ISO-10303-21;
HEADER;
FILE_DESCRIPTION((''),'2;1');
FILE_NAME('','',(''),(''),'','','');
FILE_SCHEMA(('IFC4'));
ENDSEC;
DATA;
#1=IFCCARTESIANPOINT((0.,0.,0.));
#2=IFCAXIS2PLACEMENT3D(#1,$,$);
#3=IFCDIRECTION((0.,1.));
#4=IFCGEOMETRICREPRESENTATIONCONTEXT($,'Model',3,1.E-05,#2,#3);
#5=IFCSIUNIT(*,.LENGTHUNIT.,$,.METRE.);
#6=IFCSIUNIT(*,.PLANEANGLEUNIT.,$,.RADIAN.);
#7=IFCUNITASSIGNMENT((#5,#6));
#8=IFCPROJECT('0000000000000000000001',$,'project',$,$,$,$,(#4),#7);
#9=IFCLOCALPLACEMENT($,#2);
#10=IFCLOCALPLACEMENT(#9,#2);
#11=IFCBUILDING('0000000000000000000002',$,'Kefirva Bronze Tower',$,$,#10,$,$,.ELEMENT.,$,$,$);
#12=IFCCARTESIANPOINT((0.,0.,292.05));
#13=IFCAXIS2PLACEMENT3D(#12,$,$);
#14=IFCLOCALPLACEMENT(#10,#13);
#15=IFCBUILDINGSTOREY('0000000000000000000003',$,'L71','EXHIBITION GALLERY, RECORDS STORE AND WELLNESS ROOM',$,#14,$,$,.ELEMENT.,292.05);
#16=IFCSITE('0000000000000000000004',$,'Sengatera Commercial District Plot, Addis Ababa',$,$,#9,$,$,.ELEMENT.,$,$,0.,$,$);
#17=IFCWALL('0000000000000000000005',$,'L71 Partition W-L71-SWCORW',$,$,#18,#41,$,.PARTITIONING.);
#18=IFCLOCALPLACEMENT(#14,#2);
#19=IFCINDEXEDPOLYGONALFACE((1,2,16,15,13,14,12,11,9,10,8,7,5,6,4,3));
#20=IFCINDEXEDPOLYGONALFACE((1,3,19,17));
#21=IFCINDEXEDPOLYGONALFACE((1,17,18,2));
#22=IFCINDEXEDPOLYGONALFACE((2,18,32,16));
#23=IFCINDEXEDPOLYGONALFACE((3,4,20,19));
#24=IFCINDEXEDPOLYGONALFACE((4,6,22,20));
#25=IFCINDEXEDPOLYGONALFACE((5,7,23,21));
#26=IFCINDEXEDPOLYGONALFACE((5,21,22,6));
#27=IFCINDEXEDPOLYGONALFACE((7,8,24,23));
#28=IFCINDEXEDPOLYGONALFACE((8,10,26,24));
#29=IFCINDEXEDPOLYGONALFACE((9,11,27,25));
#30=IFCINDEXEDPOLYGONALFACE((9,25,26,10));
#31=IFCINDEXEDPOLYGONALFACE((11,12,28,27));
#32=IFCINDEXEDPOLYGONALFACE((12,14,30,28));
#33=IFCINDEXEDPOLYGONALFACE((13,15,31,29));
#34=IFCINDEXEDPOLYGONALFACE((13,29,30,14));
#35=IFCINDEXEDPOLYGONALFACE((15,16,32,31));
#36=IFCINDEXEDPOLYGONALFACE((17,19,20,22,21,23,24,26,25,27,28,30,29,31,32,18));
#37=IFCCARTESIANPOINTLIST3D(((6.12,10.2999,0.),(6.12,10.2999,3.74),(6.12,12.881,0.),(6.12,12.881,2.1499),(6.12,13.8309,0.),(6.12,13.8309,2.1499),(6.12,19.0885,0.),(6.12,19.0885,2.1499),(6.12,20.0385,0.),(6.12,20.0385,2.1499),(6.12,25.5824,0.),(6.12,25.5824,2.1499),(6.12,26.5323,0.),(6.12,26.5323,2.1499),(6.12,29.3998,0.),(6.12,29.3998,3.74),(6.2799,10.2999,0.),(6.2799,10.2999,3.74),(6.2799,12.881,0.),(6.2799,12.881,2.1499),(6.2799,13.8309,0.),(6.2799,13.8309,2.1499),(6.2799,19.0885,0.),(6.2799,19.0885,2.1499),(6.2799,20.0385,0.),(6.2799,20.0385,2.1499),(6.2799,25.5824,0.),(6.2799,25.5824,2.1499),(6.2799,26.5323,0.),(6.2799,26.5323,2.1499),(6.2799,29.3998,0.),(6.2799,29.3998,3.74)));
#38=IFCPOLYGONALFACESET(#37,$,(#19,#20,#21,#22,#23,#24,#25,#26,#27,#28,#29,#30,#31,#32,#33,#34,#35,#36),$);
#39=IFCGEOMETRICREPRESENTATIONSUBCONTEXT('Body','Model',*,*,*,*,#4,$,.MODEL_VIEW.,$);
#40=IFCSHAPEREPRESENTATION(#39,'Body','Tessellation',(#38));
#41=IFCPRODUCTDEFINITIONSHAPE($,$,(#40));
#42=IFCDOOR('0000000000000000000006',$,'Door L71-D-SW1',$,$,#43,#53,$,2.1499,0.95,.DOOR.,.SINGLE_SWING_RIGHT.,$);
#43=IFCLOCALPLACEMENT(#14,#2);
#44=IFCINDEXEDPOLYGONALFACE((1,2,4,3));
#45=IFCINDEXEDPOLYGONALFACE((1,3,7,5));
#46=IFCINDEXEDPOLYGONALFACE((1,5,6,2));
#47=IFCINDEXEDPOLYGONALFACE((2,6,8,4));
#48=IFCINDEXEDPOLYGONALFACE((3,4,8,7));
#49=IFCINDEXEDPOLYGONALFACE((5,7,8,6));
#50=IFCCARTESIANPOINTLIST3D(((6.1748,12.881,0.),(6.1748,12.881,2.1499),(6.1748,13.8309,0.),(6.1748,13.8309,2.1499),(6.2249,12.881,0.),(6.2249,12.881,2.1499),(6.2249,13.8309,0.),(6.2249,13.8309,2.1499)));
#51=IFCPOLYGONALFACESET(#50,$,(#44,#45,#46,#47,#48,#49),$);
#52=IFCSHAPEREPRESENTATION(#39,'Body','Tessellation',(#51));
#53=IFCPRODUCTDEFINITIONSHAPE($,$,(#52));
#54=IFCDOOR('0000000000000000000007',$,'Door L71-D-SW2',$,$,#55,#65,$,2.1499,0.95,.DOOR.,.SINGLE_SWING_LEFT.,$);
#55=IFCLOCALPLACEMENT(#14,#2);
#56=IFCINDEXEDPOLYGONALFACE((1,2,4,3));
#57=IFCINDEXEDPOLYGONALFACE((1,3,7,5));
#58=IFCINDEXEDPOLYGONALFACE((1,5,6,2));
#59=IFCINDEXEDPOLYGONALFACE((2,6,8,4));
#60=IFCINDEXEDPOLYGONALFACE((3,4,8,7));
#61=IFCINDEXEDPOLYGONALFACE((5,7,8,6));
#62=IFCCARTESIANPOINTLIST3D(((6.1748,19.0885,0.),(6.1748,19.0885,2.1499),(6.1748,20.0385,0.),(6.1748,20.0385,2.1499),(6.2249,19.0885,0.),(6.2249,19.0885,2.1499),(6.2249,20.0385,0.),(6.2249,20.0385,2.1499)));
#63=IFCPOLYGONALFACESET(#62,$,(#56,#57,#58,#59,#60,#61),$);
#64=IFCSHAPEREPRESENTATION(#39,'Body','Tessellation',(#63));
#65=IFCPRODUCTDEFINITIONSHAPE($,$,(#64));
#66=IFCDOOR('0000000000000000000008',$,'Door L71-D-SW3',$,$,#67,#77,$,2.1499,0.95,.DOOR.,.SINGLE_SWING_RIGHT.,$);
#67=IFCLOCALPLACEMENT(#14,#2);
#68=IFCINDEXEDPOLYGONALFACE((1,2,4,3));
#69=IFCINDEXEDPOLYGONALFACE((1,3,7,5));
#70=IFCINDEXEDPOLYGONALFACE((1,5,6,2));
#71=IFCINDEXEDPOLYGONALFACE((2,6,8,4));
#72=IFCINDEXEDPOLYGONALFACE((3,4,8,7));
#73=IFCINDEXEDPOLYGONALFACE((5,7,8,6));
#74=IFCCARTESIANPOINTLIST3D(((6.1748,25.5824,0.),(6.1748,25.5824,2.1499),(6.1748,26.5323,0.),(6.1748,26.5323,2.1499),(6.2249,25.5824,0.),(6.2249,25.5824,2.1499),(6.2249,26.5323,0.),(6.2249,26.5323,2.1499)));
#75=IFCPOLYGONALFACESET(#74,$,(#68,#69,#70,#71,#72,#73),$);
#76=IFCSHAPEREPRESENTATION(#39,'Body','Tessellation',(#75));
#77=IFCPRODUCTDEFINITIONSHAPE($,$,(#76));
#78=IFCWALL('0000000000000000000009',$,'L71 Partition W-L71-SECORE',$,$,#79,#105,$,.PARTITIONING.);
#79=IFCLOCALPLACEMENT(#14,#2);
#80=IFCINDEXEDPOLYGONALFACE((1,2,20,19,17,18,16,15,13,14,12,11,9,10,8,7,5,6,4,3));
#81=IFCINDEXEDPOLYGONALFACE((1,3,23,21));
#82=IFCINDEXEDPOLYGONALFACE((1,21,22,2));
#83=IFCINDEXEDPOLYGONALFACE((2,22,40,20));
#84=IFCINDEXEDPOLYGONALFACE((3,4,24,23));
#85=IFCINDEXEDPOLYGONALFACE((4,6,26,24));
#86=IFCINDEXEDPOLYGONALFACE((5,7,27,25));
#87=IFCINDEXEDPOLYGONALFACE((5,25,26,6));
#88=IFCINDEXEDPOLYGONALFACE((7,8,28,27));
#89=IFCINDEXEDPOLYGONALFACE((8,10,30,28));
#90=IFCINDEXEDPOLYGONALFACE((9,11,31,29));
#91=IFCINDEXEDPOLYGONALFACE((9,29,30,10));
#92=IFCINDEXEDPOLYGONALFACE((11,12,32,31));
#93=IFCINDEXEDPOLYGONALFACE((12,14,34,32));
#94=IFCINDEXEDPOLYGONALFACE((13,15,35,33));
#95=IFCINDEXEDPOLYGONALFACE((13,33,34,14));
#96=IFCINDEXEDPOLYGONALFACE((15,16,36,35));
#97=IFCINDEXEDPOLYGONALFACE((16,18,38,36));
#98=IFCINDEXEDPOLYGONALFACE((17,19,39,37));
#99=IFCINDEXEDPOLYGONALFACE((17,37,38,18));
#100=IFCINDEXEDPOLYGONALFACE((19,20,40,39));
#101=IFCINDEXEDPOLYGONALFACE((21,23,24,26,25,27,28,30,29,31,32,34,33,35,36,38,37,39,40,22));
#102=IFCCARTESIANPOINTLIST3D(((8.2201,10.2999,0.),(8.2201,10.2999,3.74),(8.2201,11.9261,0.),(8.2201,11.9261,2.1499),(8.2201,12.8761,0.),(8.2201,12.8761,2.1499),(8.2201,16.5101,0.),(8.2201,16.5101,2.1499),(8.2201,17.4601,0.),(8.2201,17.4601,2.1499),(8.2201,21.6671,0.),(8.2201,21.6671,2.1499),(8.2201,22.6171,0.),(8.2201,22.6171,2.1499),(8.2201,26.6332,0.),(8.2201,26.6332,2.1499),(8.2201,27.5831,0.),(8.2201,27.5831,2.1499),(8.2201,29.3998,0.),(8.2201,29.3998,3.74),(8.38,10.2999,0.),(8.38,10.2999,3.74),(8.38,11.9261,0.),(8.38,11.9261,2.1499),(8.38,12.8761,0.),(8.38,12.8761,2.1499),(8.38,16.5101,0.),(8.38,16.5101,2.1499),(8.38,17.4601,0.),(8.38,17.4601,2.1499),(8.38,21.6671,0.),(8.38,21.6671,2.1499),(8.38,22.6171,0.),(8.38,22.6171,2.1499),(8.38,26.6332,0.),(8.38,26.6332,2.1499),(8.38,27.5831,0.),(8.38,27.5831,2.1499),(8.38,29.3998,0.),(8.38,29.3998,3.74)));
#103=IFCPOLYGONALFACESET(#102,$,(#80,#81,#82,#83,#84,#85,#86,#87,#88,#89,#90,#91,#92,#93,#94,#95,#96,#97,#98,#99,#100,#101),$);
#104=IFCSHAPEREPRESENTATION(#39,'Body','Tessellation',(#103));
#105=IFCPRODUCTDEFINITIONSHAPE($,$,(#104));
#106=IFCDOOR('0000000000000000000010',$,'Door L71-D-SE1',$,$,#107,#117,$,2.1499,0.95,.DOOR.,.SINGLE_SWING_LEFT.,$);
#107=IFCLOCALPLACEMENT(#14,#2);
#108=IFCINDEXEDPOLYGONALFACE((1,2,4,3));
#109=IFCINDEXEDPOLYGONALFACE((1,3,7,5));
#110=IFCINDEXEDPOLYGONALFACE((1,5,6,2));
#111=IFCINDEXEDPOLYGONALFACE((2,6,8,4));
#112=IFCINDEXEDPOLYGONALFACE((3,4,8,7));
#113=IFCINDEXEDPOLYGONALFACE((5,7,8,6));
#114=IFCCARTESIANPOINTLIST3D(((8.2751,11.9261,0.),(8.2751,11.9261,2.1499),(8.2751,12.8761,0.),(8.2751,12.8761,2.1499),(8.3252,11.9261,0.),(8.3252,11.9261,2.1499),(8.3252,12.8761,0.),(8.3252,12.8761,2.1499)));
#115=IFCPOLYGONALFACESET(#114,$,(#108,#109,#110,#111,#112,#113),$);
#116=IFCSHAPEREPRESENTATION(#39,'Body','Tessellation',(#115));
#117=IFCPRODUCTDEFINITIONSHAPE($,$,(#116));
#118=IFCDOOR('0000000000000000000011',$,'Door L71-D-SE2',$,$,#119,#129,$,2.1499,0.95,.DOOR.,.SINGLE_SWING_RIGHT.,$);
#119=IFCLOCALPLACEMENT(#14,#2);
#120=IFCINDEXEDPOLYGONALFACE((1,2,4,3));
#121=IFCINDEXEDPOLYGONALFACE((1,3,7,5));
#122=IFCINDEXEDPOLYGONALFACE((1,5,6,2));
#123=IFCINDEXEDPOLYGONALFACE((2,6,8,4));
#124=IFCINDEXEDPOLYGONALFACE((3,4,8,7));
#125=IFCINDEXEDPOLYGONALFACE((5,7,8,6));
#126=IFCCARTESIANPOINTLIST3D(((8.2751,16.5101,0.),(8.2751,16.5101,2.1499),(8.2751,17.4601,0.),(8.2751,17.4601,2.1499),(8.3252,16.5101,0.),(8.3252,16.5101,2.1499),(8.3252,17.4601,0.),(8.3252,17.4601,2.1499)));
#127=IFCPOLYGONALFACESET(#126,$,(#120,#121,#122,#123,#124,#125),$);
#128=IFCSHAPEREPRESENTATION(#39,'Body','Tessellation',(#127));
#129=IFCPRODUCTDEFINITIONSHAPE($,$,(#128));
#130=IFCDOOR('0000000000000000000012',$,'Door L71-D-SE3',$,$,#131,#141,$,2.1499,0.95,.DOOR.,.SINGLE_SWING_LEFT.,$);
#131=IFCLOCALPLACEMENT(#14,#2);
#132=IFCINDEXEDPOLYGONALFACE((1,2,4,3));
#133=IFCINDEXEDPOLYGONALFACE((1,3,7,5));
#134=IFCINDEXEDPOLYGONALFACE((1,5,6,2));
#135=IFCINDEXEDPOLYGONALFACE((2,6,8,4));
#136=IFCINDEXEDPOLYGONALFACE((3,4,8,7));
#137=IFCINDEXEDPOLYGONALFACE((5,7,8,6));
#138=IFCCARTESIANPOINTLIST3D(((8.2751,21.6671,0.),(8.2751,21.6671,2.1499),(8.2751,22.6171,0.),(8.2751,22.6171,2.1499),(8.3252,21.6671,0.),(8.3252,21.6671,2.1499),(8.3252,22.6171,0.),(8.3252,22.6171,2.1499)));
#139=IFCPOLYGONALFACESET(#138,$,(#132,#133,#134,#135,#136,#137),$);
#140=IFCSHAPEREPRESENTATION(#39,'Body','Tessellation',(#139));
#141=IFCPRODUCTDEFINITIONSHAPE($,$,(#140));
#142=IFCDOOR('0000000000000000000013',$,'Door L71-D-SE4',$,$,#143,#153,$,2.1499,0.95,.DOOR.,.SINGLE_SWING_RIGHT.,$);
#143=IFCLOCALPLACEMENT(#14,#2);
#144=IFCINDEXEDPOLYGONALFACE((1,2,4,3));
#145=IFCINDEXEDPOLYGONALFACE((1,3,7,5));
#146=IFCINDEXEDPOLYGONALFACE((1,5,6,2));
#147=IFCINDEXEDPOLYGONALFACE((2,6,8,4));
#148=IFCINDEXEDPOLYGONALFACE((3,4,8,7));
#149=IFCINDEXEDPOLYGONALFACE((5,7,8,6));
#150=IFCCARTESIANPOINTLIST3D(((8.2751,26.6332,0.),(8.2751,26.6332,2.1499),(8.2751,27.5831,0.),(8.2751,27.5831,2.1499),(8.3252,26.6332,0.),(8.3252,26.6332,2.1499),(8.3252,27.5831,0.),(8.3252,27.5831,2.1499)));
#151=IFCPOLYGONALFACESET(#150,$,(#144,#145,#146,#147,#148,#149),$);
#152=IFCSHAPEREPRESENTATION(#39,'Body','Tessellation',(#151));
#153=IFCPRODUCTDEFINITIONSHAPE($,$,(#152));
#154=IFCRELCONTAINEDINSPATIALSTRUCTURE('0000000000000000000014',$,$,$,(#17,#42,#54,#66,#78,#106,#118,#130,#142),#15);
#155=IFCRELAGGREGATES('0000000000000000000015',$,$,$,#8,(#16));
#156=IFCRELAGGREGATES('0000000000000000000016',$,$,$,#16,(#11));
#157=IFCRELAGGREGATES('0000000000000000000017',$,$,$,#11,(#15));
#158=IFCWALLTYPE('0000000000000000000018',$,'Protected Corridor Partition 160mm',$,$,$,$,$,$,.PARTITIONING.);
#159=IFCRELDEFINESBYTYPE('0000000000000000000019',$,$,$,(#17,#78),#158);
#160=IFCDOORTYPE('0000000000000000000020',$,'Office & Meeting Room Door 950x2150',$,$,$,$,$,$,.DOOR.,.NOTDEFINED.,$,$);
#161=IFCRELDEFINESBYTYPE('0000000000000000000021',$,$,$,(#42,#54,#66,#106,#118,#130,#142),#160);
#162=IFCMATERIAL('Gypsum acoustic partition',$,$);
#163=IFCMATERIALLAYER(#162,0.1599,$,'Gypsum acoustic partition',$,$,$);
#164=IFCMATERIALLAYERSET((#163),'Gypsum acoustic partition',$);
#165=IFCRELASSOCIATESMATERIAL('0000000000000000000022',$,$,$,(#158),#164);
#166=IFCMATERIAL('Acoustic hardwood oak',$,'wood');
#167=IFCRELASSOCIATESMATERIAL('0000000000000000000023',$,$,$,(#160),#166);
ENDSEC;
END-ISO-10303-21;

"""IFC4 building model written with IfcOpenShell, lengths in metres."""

from ifc_helpers import new_model, si_unit, direction, frame, frame_2d, origin, place, context, subcontext, project, spatial, rectangle, extrude, material, layer, layer_set, type_object, element, fill, save


model = new_model("IFC4")

# Units and contexts
model_context = context("Model", 3, precision=1e-05, world=origin(), true_north=direction((0.0, 1.0)))
body_context = subcontext(model_context, "Body", "Model", "MODEL_VIEW")
ifc_project = project(units=[si_unit("LENGTHUNIT", "METRE"), si_unit("PLANEANGLEUNIT", "RADIAN")], contexts=[model_context])

# Site, building, storey
site_placement = place(None, origin())
site = spatial("IfcSite", under=ifc_project, at=site_placement, Name="Sengatera Commercial District Plot, Addis Ababa", CompositionType="ELEMENT", RefElevation=0.0)
building_placement = place(site_placement, origin())
building = spatial("IfcBuilding", under=site, at=building_placement, Name="Kefirva Bronze Tower", CompositionType="ELEMENT")
storey_placement = place(building_placement, frame((0.0, 0.0, 292.05)))
storey = spatial("IfcBuildingStorey", under=building, at=storey_placement, Name="L71", Description="EXHIBITION GALLERY, RECORDS STORE AND WELLNESS ROOM", CompositionType="ELEMENT", Elevation=292.05)

# Walls, openings, doors
ifc_material_1 = material(Name="Gypsum acoustic partition")
ifc_layer_1 = layer(ifc_material_1, 0.1599, Name="Gypsum acoustic partition")
ifc_layer_set_1 = layer_set([ifc_layer_1], Name="Gypsum acoustic partition")
wall_type_1 = type_object("IfcWallType", Name="Protected Corridor Partition 160mm", PredefinedType="PARTITIONING", material=ifc_layer_set_1)
wall_1_placement = place(storey_placement, frame((6.2, 10.3, 0.0), z_axis=(0.0, 0.0, 1.0), x_axis=(0.0, 1.0, 0.0)))
wall_1 = element("IfcWall", 1, at=wall_1_placement, inside=storey, type_object=wall_type_1, Name="L71 Partition W-L71-SWCORW", PredefinedType="PARTITIONING", context=body_context, shape_type="SweptSolid", body=[
    extrude(rectangle(XDim=19.0999, YDim=0.1599, at=frame_2d((9.5498, 0.0))), origin(), (0.0, 0.0, 1.0), 3.74),
])
opening_1_placement = place(wall_1_placement, frame((3.531, 0.0, 0.0), z_axis=(0.0, 0.0, 1.0), x_axis=(-1.0, 0.0, 0.0)))
opening_1 = element("IfcOpeningElement", 2, at=opening_1_placement, cuts=wall_1, PredefinedType="OPENING", context=body_context, shape_type="SweptSolid", body=[
    extrude(rectangle(XDim=0.95, YDim=2.1499, at=frame_2d((0.4751, 1.075))), frame((0.0, 0.0898, 0.0), z_axis=(0.0, -1.0, 0.0), x_axis=(1.0, 0.0, 0.0)), (0.0, 0.0, 1.0), 0.1799),
])
opening_2_placement = place(wall_1_placement, frame((9.7385, 0.0, 0.0), z_axis=(0.0, 0.0, 1.0), x_axis=(-1.0, 0.0, 0.0)))
opening_2 = element("IfcOpeningElement", 3, at=opening_2_placement, cuts=wall_1, PredefinedType="OPENING", context=body_context, shape_type="SweptSolid", body=[
    extrude(rectangle(XDim=0.95, YDim=2.1499, at=frame_2d((0.4751, 1.075))), frame((0.0, 0.0898, 0.0), z_axis=(0.0, -1.0, 0.0), x_axis=(1.0, 0.0, 0.0)), (0.0, 0.0, 1.0), 0.1799),
])
opening_3_placement = place(wall_1_placement, frame((16.2324, 0.0, 0.0), z_axis=(0.0, 0.0, 1.0), x_axis=(-1.0, 0.0, 0.0)))
opening_3 = element("IfcOpeningElement", 4, at=opening_3_placement, cuts=wall_1, PredefinedType="OPENING", context=body_context, shape_type="SweptSolid", body=[
    extrude(rectangle(XDim=0.95, YDim=2.1499, at=frame_2d((0.4751, 1.075))), frame((0.0, 0.0898, 0.0), z_axis=(0.0, -1.0, 0.0), x_axis=(1.0, 0.0, 0.0)), (0.0, 0.0, 1.0), 0.1799),
])
ifc_material_2 = material(Name="Acoustic hardwood oak", Category="wood")
door_type = type_object("IfcDoorType", Name="Office & Meeting Room Door 950x2150", OperationType="NOTDEFINED", PredefinedType="DOOR", material=ifc_material_2)
door_1_placement = place(opening_1_placement, origin())
door_1 = element("IfcDoor", 5, at=door_1_placement, inside=storey, type_object=door_type, Name="Door L71-D-SW1", OperationType="SINGLE_SWING_RIGHT", OverallHeight=2.1499, OverallWidth=0.95, PredefinedType="DOOR", context=body_context, shape_type="SweptSolid", body=[
    extrude(rectangle(XDim=0.95, YDim=2.1499, at=frame_2d((0.4751, 1.075))), frame((0.0, 0.0249, 0.0), z_axis=(0.0, -1.0, 0.0), x_axis=(1.0, 0.0, 0.0)), (0.0, 0.0, 1.0), 0.05),
])
fill(opening_1, door_1)
door_2_placement = place(opening_2_placement, origin())
door_2 = element("IfcDoor", 6, at=door_2_placement, inside=storey, type_object=door_type, Name="Door L71-D-SW2", OperationType="SINGLE_SWING_LEFT", OverallHeight=2.1499, OverallWidth=0.95, PredefinedType="DOOR", context=body_context, shape_type="SweptSolid", body=[
    extrude(rectangle(XDim=0.95, YDim=2.1499, at=frame_2d((0.4751, 1.075))), frame((0.0, 0.0249, 0.0), z_axis=(0.0, -1.0, 0.0), x_axis=(1.0, 0.0, 0.0)), (0.0, 0.0, 1.0), 0.05),
])
fill(opening_2, door_2)
door_3_placement = place(opening_3_placement, origin())
door_3 = element("IfcDoor", 7, at=door_3_placement, inside=storey, type_object=door_type, Name="Door L71-D-SW3", OperationType="SINGLE_SWING_RIGHT", OverallHeight=2.1499, OverallWidth=0.95, PredefinedType="DOOR", context=body_context, shape_type="SweptSolid", body=[
    extrude(rectangle(XDim=0.95, YDim=2.1499, at=frame_2d((0.4751, 1.075))), frame((0.0, 0.0249, 0.0), z_axis=(0.0, -1.0, 0.0), x_axis=(1.0, 0.0, 0.0)), (0.0, 0.0, 1.0), 0.05),
])
fill(opening_3, door_3)
wall_2_placement = place(storey_placement, frame((8.3, 10.3, 0.0), z_axis=(0.0, 0.0, 1.0), x_axis=(0.0, 1.0, 0.0)))
wall_2 = element("IfcWall", 8, at=wall_2_placement, inside=storey, type_object=wall_type_1, Name="L71 Partition W-L71-SECORE", PredefinedType="PARTITIONING", context=body_context, shape_type="SweptSolid", body=[
    extrude(rectangle(XDim=19.0999, YDim=0.1599, at=frame_2d((9.5498, 0.0))), origin(), (0.0, 0.0, 1.0), 3.74),
])
opening_4_placement = place(wall_2_placement, frame((1.626, 0.0, 0.0)))
opening_4 = element("IfcOpeningElement", 9, at=opening_4_placement, cuts=wall_2, PredefinedType="OPENING", context=body_context, shape_type="SweptSolid", body=[
    extrude(rectangle(XDim=0.95, YDim=2.1499, at=frame_2d((0.4751, 1.075))), frame((0.0, 0.0898, 0.0), z_axis=(0.0, -1.0, 0.0), x_axis=(1.0, 0.0, 0.0)), (0.0, 0.0, 1.0), 0.1799),
])
opening_5_placement = place(wall_2_placement, frame((6.21, 0.0, 0.0)))
opening_5 = element("IfcOpeningElement", 10, at=opening_5_placement, cuts=wall_2, PredefinedType="OPENING", context=body_context, shape_type="SweptSolid", body=[
    extrude(rectangle(XDim=0.95, YDim=2.1499, at=frame_2d((0.4751, 1.075))), frame((0.0, 0.0898, 0.0), z_axis=(0.0, -1.0, 0.0), x_axis=(1.0, 0.0, 0.0)), (0.0, 0.0, 1.0), 0.1799),
])
opening_6_placement = place(wall_2_placement, frame((11.3669, 0.0, 0.0)))
opening_6 = element("IfcOpeningElement", 11, at=opening_6_placement, cuts=wall_2, PredefinedType="OPENING", context=body_context, shape_type="SweptSolid", body=[
    extrude(rectangle(XDim=0.95, YDim=2.1499, at=frame_2d((0.4751, 1.075))), frame((0.0, 0.0898, 0.0), z_axis=(0.0, -1.0, 0.0), x_axis=(1.0, 0.0, 0.0)), (0.0, 0.0, 1.0), 0.1799),
])
opening_7_placement = place(wall_2_placement, frame((16.333, 0.0, 0.0)))
opening_7 = element("IfcOpeningElement", 12, at=opening_7_placement, cuts=wall_2, PredefinedType="OPENING", context=body_context, shape_type="SweptSolid", body=[
    extrude(rectangle(XDim=0.95, YDim=2.1499, at=frame_2d((0.4751, 1.075))), frame((0.0, 0.0898, 0.0), z_axis=(0.0, -1.0, 0.0), x_axis=(1.0, 0.0, 0.0)), (0.0, 0.0, 1.0), 0.1799),
])
door_4_placement = place(opening_4_placement, origin())
door_4 = element("IfcDoor", 13, at=door_4_placement, inside=storey, type_object=door_type, Name="Door L71-D-SE1", OperationType="SINGLE_SWING_LEFT", OverallHeight=2.1499, OverallWidth=0.95, PredefinedType="DOOR", context=body_context, shape_type="SweptSolid", body=[
    extrude(rectangle(XDim=0.95, YDim=2.1499, at=frame_2d((0.4751, 1.075))), frame((0.0, 0.0249, 0.0), z_axis=(0.0, -1.0, 0.0), x_axis=(1.0, 0.0, 0.0)), (0.0, 0.0, 1.0), 0.05),
])
fill(opening_4, door_4)
door_5_placement = place(opening_5_placement, origin())
door_5 = element("IfcDoor", 14, at=door_5_placement, inside=storey, type_object=door_type, Name="Door L71-D-SE2", OperationType="SINGLE_SWING_RIGHT", OverallHeight=2.1499, OverallWidth=0.95, PredefinedType="DOOR", context=body_context, shape_type="SweptSolid", body=[
    extrude(rectangle(XDim=0.95, YDim=2.1499, at=frame_2d((0.4751, 1.075))), frame((0.0, 0.0249, 0.0), z_axis=(0.0, -1.0, 0.0), x_axis=(1.0, 0.0, 0.0)), (0.0, 0.0, 1.0), 0.05),
])
fill(opening_5, door_5)
door_6_placement = place(opening_6_placement, origin())
door_6 = element("IfcDoor", 15, at=door_6_placement, inside=storey, type_object=door_type, Name="Door L71-D-SE3", OperationType="SINGLE_SWING_LEFT", OverallHeight=2.1499, OverallWidth=0.95, PredefinedType="DOOR", context=body_context, shape_type="SweptSolid", body=[
    extrude(rectangle(XDim=0.95, YDim=2.1499, at=frame_2d((0.4751, 1.075))), frame((0.0, 0.0249, 0.0), z_axis=(0.0, -1.0, 0.0), x_axis=(1.0, 0.0, 0.0)), (0.0, 0.0, 1.0), 0.05),
])
fill(opening_6, door_6)
door_7_placement = place(opening_7_placement, origin())
door_7 = element("IfcDoor", 16, at=door_7_placement, inside=storey, type_object=door_type, Name="Door L71-D-SE4", OperationType="SINGLE_SWING_RIGHT", OverallHeight=2.1499, OverallWidth=0.95, PredefinedType="DOOR", context=body_context, shape_type="SweptSolid", body=[
    extrude(rectangle(XDim=0.95, YDim=2.1499, at=frame_2d((0.4751, 1.075))), frame((0.0, 0.0249, 0.0), z_axis=(0.0, -1.0, 0.0), x_axis=(1.0, 0.0, 0.0)), (0.0, 0.0, 1.0), 0.05),
])
fill(opening_7, door_7)

save(model, "model.ifc")
